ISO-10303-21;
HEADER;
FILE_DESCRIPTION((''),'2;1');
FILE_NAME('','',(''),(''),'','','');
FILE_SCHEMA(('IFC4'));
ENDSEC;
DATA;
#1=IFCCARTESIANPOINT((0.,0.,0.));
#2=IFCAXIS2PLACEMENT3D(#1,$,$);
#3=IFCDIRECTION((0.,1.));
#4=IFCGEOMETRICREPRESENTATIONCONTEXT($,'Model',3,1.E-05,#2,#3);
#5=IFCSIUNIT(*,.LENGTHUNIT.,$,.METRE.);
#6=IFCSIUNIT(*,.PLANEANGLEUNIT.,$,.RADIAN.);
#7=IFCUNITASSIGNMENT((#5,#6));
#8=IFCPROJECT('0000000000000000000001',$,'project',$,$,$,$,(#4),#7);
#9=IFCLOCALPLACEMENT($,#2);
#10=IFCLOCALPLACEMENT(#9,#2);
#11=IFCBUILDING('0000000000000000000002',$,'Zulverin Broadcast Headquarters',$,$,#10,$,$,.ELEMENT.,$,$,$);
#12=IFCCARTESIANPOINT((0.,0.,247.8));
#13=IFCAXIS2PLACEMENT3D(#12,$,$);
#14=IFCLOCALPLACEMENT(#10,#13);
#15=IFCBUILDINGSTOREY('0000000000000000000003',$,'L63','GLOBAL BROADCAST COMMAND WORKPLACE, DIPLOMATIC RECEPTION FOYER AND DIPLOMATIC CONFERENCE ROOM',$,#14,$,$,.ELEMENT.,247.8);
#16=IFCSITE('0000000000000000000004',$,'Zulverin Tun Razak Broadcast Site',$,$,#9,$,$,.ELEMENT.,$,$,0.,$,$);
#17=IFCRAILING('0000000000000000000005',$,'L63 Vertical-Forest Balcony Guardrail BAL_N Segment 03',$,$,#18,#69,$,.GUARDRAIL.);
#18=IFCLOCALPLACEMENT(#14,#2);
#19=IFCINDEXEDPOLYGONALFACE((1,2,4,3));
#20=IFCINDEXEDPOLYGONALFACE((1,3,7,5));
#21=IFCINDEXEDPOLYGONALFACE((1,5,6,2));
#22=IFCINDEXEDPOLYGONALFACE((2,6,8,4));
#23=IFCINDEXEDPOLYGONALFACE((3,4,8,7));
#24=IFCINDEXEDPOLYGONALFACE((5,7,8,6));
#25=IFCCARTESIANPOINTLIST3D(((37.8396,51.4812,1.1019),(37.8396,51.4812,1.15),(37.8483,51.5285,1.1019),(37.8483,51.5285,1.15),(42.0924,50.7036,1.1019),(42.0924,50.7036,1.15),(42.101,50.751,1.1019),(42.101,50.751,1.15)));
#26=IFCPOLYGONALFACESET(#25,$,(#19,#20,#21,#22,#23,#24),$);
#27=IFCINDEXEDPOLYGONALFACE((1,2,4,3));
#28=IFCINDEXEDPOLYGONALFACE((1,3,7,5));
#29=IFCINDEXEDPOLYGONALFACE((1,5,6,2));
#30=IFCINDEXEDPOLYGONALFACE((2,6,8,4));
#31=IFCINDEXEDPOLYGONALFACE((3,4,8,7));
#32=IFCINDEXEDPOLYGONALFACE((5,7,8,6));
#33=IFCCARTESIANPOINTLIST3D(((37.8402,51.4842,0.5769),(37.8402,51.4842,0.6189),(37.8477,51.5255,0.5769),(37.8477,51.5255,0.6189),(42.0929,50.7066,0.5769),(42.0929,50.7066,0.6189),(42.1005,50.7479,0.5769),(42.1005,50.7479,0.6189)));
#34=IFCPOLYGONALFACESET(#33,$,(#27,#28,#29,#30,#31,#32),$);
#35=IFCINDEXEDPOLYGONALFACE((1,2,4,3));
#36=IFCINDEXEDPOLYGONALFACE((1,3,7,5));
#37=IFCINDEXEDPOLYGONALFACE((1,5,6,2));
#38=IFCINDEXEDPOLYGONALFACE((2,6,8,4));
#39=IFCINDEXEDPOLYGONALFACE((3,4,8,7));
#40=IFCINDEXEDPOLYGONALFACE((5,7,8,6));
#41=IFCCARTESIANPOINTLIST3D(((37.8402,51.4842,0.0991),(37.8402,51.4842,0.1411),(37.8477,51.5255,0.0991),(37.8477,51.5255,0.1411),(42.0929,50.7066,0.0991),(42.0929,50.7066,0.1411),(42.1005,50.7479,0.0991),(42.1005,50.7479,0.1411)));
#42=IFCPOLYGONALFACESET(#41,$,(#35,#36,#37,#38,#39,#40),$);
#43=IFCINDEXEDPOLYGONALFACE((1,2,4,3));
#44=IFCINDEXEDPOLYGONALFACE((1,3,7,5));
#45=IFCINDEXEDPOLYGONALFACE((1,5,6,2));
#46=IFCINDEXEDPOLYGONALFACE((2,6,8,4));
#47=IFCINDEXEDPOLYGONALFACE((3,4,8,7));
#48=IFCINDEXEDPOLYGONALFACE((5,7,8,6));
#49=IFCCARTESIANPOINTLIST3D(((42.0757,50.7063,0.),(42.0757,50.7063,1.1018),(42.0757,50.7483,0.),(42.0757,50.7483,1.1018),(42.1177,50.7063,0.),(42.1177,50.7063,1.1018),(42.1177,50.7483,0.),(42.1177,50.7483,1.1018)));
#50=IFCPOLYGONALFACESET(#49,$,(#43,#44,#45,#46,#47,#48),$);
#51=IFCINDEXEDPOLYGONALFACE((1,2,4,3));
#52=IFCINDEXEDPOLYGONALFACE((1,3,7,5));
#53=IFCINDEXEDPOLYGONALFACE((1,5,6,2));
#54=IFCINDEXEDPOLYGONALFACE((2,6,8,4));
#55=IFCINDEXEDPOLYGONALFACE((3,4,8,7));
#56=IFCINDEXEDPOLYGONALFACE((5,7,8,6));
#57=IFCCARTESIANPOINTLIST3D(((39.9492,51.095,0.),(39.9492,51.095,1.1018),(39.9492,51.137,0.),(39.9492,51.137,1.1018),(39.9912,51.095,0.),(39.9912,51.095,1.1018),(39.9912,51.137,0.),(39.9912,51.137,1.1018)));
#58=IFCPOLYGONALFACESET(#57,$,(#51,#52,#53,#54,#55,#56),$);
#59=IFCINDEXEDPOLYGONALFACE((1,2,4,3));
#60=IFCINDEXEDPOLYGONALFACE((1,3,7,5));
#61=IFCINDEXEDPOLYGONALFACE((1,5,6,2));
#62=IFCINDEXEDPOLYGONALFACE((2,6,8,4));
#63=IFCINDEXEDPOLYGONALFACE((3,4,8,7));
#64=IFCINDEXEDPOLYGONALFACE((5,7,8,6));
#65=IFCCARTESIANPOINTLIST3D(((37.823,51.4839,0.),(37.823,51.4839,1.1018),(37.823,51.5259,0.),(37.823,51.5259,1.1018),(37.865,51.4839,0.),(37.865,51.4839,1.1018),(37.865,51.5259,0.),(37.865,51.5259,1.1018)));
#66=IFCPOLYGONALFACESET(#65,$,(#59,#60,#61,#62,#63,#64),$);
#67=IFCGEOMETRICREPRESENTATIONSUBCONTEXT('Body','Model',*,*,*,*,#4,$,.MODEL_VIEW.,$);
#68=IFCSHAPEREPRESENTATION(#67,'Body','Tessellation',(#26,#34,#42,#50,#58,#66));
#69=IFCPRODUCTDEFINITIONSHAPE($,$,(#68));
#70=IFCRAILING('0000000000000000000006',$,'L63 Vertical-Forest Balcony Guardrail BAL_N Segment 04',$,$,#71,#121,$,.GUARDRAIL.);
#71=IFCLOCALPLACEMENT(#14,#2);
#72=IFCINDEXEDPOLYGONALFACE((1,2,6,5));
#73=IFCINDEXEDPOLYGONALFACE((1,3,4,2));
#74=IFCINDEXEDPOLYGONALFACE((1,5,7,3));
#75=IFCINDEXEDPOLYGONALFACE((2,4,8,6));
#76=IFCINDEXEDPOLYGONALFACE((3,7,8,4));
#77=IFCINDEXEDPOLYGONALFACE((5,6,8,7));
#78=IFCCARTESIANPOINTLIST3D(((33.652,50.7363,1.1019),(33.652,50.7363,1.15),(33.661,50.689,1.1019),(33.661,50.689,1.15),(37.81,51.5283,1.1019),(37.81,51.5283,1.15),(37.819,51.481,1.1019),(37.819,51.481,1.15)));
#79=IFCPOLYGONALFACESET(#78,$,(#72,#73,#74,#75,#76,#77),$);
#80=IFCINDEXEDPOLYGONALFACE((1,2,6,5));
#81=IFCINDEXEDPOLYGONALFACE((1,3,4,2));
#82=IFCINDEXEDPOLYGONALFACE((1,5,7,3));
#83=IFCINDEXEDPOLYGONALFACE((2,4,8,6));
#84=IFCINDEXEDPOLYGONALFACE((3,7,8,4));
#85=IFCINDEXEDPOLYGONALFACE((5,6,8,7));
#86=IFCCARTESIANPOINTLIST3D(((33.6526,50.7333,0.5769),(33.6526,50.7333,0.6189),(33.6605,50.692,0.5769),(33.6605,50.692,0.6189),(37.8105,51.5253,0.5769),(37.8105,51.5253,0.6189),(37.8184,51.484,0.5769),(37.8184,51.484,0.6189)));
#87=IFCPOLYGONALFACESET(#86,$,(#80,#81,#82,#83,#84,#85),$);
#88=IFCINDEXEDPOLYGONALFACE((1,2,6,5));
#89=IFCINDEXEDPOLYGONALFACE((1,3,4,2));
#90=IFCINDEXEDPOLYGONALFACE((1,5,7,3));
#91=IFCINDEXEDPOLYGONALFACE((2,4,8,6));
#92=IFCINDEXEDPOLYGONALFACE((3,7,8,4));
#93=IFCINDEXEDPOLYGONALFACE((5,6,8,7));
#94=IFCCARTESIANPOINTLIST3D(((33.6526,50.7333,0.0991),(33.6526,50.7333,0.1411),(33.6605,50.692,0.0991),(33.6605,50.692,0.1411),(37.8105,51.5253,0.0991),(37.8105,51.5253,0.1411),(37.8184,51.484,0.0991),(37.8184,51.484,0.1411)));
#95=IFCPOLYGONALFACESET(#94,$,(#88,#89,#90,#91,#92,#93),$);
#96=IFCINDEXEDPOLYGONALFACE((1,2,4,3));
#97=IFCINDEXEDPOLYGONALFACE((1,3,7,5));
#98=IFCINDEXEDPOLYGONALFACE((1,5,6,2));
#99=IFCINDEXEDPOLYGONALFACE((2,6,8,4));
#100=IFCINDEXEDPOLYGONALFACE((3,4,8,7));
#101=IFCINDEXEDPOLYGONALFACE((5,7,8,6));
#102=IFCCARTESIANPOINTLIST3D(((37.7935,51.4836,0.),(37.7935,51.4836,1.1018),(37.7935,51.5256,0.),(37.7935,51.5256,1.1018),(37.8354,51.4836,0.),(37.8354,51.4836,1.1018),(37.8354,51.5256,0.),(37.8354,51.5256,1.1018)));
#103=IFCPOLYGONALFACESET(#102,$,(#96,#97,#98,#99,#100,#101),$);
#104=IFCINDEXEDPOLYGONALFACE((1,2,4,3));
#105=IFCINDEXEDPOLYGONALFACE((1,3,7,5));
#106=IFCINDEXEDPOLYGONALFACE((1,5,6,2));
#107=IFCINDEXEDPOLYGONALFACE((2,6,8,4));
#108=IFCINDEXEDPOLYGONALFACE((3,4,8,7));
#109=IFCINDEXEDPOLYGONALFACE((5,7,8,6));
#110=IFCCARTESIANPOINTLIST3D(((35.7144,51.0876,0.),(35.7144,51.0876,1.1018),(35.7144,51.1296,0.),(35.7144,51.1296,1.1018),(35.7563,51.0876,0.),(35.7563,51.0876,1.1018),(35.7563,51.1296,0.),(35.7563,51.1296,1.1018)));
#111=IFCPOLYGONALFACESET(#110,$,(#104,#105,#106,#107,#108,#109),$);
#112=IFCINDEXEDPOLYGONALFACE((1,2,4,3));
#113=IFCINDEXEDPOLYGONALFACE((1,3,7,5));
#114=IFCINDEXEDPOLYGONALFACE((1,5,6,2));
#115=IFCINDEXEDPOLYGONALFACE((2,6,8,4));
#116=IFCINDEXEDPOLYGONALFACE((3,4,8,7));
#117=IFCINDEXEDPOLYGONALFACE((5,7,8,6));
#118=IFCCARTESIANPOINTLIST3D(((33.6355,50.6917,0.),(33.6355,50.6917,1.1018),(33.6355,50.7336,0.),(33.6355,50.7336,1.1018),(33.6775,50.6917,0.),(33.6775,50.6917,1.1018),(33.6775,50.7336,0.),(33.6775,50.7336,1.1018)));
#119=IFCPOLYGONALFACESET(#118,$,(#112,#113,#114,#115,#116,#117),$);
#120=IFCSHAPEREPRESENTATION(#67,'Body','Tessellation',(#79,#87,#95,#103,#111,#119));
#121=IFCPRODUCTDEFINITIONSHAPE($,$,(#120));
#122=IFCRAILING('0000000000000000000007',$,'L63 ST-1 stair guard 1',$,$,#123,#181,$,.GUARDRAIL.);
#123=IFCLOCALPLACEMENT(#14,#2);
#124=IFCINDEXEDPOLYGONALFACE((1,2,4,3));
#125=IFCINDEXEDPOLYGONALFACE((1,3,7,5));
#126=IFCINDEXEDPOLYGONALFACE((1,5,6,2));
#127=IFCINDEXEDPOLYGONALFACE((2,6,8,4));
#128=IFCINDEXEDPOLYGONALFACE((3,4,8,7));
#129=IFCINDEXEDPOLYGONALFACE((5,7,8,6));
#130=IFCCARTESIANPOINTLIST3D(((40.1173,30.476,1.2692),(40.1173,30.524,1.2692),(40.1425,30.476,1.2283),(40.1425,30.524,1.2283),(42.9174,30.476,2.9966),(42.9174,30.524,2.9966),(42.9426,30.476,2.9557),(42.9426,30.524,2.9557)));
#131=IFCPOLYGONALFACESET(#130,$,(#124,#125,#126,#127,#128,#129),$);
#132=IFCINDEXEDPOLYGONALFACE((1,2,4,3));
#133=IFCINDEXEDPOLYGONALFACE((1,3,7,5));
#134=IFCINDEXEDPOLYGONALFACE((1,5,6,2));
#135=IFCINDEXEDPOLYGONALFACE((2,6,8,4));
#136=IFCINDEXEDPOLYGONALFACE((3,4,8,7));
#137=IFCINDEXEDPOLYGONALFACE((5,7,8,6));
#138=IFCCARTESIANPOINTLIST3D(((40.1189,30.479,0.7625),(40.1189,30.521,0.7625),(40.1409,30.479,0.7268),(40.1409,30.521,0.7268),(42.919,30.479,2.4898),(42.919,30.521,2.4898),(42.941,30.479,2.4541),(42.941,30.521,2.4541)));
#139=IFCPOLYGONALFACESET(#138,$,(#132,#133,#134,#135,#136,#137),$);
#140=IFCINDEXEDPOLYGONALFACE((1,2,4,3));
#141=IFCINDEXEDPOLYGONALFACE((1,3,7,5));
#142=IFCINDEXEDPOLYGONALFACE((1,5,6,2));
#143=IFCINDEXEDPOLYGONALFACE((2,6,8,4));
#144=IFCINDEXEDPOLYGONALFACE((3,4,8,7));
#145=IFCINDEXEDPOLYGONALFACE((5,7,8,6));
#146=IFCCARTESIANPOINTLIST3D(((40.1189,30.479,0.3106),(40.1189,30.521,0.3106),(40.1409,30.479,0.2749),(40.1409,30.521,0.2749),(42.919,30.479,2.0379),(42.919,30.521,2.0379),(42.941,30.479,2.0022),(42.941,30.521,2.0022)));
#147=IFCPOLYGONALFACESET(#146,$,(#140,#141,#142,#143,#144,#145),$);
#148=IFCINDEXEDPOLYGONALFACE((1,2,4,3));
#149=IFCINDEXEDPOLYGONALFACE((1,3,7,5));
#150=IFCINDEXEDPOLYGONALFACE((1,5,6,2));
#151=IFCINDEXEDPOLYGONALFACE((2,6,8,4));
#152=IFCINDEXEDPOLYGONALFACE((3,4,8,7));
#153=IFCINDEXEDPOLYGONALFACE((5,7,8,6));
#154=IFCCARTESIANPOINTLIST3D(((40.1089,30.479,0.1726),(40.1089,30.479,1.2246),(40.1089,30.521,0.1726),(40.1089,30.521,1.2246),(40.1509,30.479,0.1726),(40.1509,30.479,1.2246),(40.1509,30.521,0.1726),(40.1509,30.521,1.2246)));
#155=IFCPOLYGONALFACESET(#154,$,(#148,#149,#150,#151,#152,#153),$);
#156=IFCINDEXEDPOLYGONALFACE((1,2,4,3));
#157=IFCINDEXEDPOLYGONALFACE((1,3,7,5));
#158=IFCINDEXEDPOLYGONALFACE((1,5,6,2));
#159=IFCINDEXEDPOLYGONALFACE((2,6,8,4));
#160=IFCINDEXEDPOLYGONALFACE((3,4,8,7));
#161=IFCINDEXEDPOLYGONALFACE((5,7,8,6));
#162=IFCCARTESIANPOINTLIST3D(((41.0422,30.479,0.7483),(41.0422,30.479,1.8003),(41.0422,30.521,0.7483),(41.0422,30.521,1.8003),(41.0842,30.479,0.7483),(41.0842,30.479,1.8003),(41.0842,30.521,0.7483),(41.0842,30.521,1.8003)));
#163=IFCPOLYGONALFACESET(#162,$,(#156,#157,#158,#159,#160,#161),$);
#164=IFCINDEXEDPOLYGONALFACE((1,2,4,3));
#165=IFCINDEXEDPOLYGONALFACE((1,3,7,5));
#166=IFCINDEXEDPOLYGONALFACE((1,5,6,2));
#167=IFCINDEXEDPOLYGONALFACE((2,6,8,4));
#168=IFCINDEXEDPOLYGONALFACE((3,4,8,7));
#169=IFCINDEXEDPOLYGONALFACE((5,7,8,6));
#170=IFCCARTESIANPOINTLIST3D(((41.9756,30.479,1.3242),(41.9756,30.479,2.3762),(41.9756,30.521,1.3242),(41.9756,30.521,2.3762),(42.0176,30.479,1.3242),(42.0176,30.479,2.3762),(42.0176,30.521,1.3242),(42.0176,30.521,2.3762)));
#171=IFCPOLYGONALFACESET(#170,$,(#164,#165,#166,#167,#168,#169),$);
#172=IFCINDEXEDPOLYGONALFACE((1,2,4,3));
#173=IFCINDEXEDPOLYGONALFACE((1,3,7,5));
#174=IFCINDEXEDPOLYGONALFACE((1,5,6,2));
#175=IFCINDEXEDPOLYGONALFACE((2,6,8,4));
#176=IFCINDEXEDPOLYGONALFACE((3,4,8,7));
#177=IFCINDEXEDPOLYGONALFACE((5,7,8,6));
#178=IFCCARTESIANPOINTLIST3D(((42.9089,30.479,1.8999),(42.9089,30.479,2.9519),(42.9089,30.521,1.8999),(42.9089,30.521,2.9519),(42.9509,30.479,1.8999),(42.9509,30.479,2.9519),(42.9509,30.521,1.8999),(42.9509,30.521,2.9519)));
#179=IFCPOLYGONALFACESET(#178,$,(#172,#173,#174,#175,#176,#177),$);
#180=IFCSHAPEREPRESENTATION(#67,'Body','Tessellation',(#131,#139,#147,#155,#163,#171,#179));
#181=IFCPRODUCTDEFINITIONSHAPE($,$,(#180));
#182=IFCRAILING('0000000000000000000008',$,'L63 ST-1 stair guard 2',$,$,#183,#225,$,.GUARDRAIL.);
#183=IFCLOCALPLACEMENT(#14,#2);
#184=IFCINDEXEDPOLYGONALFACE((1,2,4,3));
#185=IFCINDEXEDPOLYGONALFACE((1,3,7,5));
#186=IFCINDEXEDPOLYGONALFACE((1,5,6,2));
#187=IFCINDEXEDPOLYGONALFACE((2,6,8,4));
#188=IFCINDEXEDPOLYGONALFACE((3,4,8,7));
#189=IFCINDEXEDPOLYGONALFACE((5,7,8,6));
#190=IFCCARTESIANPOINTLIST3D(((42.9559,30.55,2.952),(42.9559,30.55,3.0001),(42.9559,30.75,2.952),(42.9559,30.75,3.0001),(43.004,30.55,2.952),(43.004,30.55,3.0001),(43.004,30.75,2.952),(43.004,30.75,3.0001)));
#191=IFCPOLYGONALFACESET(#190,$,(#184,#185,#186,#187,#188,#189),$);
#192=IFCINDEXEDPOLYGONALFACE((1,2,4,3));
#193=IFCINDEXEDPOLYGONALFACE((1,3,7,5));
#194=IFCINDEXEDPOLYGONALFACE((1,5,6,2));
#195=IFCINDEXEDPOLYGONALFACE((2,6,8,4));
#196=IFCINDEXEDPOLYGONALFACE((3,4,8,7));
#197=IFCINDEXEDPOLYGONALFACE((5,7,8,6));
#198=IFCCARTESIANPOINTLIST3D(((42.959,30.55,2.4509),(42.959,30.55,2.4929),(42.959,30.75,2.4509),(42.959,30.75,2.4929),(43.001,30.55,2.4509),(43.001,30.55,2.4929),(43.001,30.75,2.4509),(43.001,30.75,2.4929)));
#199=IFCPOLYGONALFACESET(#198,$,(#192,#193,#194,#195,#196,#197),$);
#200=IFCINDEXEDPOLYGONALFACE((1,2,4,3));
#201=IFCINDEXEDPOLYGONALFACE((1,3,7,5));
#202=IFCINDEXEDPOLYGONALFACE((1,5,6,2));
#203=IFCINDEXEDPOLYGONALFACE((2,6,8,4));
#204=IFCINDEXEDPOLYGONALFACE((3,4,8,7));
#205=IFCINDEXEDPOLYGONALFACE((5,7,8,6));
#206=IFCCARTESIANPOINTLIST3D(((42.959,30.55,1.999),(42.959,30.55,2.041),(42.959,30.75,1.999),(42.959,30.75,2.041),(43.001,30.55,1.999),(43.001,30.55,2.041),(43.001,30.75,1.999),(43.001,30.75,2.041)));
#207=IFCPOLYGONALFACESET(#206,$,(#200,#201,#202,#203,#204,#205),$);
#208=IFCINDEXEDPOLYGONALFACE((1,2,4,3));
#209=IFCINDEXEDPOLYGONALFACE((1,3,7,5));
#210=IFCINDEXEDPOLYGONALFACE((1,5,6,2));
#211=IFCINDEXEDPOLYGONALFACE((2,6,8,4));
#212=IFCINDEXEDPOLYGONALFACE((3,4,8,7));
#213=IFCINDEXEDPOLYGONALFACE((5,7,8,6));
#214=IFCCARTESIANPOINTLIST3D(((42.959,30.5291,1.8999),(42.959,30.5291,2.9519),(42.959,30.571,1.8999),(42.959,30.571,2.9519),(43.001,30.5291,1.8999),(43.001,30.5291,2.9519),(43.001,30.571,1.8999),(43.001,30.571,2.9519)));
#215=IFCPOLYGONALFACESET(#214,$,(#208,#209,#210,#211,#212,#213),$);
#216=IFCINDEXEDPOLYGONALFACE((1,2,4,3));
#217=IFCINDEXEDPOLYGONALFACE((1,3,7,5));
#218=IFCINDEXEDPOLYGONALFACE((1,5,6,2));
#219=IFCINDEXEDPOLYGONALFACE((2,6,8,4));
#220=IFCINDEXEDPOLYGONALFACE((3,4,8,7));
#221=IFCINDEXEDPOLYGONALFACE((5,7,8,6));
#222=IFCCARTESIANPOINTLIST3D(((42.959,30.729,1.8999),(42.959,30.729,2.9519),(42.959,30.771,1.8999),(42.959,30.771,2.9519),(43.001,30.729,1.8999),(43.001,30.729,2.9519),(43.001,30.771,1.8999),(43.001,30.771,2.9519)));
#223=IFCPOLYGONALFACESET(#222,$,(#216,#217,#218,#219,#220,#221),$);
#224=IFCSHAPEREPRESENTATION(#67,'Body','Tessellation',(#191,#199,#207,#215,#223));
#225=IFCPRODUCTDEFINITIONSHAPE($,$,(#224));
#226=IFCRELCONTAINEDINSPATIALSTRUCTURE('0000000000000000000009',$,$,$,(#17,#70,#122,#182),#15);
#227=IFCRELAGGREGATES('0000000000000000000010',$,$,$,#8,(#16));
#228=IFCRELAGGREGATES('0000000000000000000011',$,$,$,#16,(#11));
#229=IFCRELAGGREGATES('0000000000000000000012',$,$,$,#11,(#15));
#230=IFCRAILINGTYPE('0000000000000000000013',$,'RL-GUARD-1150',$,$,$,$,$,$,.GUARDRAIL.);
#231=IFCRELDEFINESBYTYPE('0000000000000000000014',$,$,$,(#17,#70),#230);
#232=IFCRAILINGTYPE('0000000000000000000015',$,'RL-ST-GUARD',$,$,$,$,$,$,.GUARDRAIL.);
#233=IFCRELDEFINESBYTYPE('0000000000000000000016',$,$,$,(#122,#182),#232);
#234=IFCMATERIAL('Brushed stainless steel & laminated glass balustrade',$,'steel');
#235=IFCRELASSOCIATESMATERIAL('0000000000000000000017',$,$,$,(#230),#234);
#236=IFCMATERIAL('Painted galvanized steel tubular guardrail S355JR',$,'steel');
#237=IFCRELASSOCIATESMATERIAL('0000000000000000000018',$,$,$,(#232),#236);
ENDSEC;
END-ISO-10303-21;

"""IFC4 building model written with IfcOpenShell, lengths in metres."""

from ifc_helpers import new_model, si_unit, direction, frame, origin, origin_2d, place, context, subcontext, project, spatial, rectangle, extrude, material, type_object, element, save


model = new_model("IFC4")

# Units and contexts
model_context = context("Model", 3, precision=1e-05, world=origin(), true_north=direction((0.0, 1.0)))
body_context = subcontext(model_context, "Body", "Model", "MODEL_VIEW")
ifc_project = project(units=[si_unit("LENGTHUNIT", "METRE"), si_unit("PLANEANGLEUNIT", "RADIAN")], contexts=[model_context])

# Site, building, storey
site_placement = place(None, origin())
site = spatial("IfcSite", under=ifc_project, at=site_placement, Name="Zulverin Tun Razak Broadcast Site", CompositionType="ELEMENT", RefElevation=0.0)
building_placement = place(site_placement, origin())
building = spatial("IfcBuilding", under=site, at=building_placement, Name="Zulverin Broadcast Headquarters", CompositionType="ELEMENT")
storey_placement = place(building_placement, frame((0.0, 0.0, 247.8)))
storey = spatial("IfcBuildingStorey", under=building, at=storey_placement, Name="L63", Description="GLOBAL BROADCAST COMMAND WORKPLACE, DIPLOMATIC RECEPTION FOYER AND DIPLOMATIC CONFERENCE ROOM", CompositionType="ELEMENT", Elevation=247.8)

# Railings
ifc_material_1 = material(Name="Brushed stainless steel & laminated glass balustrade", Category="steel")
railing_type_1 = type_object("IfcRailingType", Name="RL-GUARD-1150", PredefinedType="GUARDRAIL", material=ifc_material_1)
railing_1_placement = place(storey_placement, frame((42.0967, 50.7273, 0.0)))
element("IfcRailing", 1, at=railing_1_placement, inside=storey, type_object=railing_type_1, Name="L63 Vertical-Forest Balcony Guardrail BAL_N Segment 03", PredefinedType="GUARDRAIL", context=body_context, shape_type="SweptSolid", body=[
    extrude(rectangle(XDim=0.0481, YDim=0.0481, at=origin_2d()), frame((0.0, 0.0, 1.126), z_axis=(-0.983691, 0.179864, 0.0), x_axis=(-0.179864, -0.983691, 0.0)), (0.0, 0.0, 1.0), 4.3232),
    extrude(rectangle(XDim=0.042, YDim=0.042, at=origin_2d()), frame((0.0, 0.0, 0.5979), z_axis=(-0.983691, 0.179864, 0.0), x_axis=(-0.179864, -0.983691, 0.0)), (0.0, 0.0, 1.0), 4.3232),
    extrude(rectangle(XDim=0.042, YDim=0.042, at=origin_2d()), frame((0.0, 0.0, 0.1201), z_axis=(-0.983691, 0.179864, 0.0), x_axis=(-0.179864, -0.983691, 0.0)), (0.0, 0.0, 1.0), 4.3232),
    extrude(rectangle(XDim=0.042, YDim=0.042, at=origin_2d()), origin(), (0.0, 0.0, 1.0), 1.1018),
    extrude(rectangle(XDim=0.042, YDim=0.042, at=origin_2d()), frame((-2.1265, 0.3887, 0.0)), (0.0, 0.0, 1.0), 1.1018),
    extrude(rectangle(XDim=0.042, YDim=0.042, at=origin_2d()), frame((-4.2527, 0.7776, 0.0)), (0.0, 0.0, 1.0), 1.1018),
])
railing_2_placement = place(storey_placement, frame((37.8145, 51.5046, 0.0)))
element("IfcRailing", 2, at=railing_2_placement, inside=storey, type_object=railing_type_1, Name="L63 Vertical-Forest Balcony Guardrail BAL_N Segment 04", PredefinedType="GUARDRAIL", context=body_context, shape_type="SweptSolid", body=[
    extrude(rectangle(XDim=0.0481, YDim=0.0481, at=origin_2d()), frame((0.0, 0.0, 1.126), z_axis=(-0.982339, -0.187112, 0.0), x_axis=(0.187112, -0.982339, 0.0)), (0.0, 0.0, 1.0), 4.2327),
    extrude(rectangle(XDim=0.042, YDim=0.042, at=origin_2d()), frame((0.0, 0.0, 0.5979), z_axis=(-0.982339, -0.187112, 0.0), x_axis=(0.187112, -0.982339, 0.0)), (0.0, 0.0, 1.0), 4.2327),
    extrude(rectangle(XDim=0.042, YDim=0.042, at=origin_2d()), frame((0.0, 0.0, 0.1201), z_axis=(-0.982339, -0.187112, 0.0), x_axis=(0.187112, -0.982339, 0.0)), (0.0, 0.0, 1.0), 4.2327),
    extrude(rectangle(XDim=0.042, YDim=0.042, at=origin_2d()), origin(), (0.0, 0.0, 1.0), 1.1018),
    extrude(rectangle(XDim=0.042, YDim=0.042, at=origin_2d()), frame((-2.0791, -0.396, 0.0)), (0.0, 0.0, 1.0), 1.1018),
    extrude(rectangle(XDim=0.042, YDim=0.042, at=origin_2d()), frame((-4.158, -0.792, 0.0)), (0.0, 0.0, 1.0), 1.1018),
])
ifc_material_2 = material(Name="Painted galvanized steel tubular guardrail S355JR", Category="steel")
railing_type_2 = type_object("IfcRailingType", Name="RL-ST-GUARD", PredefinedType="GUARDRAIL", material=ifc_material_2)
railing_3_placement = place(storey_placement, frame((40.1299, 30.5, 0.1726)))
element("IfcRailing", 3, at=railing_3_placement, inside=storey, type_object=railing_type_2, Name="L63 ST-1 stair guard 1", PredefinedType="GUARDRAIL", context=body_context, shape_type="SweptSolid", body=[
    extrude(rectangle(XDim=0.0481, YDim=0.0481, at=origin_2d()), frame((0.0, 0.0, 1.0762), z_axis=(0.85109, 0.0, 0.52502), x_axis=(0.0, 1.0, 0.0)), (0.0, 0.0, 1.0), 3.29),
    extrude(rectangle(XDim=0.042, YDim=0.042, at=origin_2d()), frame((0.0, 0.0, 0.572), z_axis=(0.85109, 0.0, 0.52502), x_axis=(0.0, 1.0, 0.0)), (0.0, 0.0, 1.0), 3.29),
    extrude(rectangle(XDim=0.042, YDim=0.042, at=origin_2d()), frame((0.0, 0.0, 0.1201), z_axis=(0.85109, 0.0, 0.52502), x_axis=(0.0, 1.0, 0.0)), (0.0, 0.0, 1.0), 3.29),
    extrude(rectangle(XDim=0.042, YDim=0.042, at=origin_2d()), origin(), (0.0, 0.0, 1.0), 1.052),
    extrude(rectangle(XDim=0.042, YDim=0.042, at=origin_2d()), frame((0.9333, 0.0, 0.5757)), (0.0, 0.0, 1.0), 1.052),
    extrude(rectangle(XDim=0.042, YDim=0.042, at=origin_2d()), frame((1.8667, 0.0, 1.1516)), (0.0, 0.0, 1.0), 1.052),
    extrude(rectangle(XDim=0.042, YDim=0.042, at=origin_2d()), frame((2.8, 0.0, 1.7273)), (0.0, 0.0, 1.0), 1.052),
])
railing_4_placement = place(storey_placement, frame((42.98, 30.55, 1.8999)))
element("IfcRailing", 4, at=railing_4_placement, inside=storey, type_object=railing_type_2, Name="L63 ST-1 stair guard 2", PredefinedType="GUARDRAIL", context=body_context, shape_type="SweptSolid", body=[
    extrude(rectangle(XDim=0.0481, YDim=0.0481, at=origin_2d()), frame((0.0, 0.0, 1.0762), z_axis=(0.0, 1.0, 0.0), x_axis=(-1.0, 0.0, 0.0)), (0.0, 0.0, 1.0), 0.2),
    extrude(rectangle(XDim=0.042, YDim=0.042, at=origin_2d()), frame((0.0, 0.0, 0.572), z_axis=(0.0, 1.0, 0.0), x_axis=(-1.0, 0.0, 0.0)), (0.0, 0.0, 1.0), 0.2),
    extrude(rectangle(XDim=0.042, YDim=0.042, at=origin_2d()), frame((0.0, 0.0, 0.1201), z_axis=(0.0, 1.0, 0.0), x_axis=(-1.0, 0.0, 0.0)), (0.0, 0.0, 1.0), 0.2),
    extrude(rectangle(XDim=0.042, YDim=0.042, at=origin_2d()), origin(), (0.0, 0.0, 1.0), 1.052),
    extrude(rectangle(XDim=0.042, YDim=0.042, at=origin_2d()), frame((0.0, 0.2, 0.0)), (0.0, 0.0, 1.0), 1.052),
])

save(model, "model.ifc")
